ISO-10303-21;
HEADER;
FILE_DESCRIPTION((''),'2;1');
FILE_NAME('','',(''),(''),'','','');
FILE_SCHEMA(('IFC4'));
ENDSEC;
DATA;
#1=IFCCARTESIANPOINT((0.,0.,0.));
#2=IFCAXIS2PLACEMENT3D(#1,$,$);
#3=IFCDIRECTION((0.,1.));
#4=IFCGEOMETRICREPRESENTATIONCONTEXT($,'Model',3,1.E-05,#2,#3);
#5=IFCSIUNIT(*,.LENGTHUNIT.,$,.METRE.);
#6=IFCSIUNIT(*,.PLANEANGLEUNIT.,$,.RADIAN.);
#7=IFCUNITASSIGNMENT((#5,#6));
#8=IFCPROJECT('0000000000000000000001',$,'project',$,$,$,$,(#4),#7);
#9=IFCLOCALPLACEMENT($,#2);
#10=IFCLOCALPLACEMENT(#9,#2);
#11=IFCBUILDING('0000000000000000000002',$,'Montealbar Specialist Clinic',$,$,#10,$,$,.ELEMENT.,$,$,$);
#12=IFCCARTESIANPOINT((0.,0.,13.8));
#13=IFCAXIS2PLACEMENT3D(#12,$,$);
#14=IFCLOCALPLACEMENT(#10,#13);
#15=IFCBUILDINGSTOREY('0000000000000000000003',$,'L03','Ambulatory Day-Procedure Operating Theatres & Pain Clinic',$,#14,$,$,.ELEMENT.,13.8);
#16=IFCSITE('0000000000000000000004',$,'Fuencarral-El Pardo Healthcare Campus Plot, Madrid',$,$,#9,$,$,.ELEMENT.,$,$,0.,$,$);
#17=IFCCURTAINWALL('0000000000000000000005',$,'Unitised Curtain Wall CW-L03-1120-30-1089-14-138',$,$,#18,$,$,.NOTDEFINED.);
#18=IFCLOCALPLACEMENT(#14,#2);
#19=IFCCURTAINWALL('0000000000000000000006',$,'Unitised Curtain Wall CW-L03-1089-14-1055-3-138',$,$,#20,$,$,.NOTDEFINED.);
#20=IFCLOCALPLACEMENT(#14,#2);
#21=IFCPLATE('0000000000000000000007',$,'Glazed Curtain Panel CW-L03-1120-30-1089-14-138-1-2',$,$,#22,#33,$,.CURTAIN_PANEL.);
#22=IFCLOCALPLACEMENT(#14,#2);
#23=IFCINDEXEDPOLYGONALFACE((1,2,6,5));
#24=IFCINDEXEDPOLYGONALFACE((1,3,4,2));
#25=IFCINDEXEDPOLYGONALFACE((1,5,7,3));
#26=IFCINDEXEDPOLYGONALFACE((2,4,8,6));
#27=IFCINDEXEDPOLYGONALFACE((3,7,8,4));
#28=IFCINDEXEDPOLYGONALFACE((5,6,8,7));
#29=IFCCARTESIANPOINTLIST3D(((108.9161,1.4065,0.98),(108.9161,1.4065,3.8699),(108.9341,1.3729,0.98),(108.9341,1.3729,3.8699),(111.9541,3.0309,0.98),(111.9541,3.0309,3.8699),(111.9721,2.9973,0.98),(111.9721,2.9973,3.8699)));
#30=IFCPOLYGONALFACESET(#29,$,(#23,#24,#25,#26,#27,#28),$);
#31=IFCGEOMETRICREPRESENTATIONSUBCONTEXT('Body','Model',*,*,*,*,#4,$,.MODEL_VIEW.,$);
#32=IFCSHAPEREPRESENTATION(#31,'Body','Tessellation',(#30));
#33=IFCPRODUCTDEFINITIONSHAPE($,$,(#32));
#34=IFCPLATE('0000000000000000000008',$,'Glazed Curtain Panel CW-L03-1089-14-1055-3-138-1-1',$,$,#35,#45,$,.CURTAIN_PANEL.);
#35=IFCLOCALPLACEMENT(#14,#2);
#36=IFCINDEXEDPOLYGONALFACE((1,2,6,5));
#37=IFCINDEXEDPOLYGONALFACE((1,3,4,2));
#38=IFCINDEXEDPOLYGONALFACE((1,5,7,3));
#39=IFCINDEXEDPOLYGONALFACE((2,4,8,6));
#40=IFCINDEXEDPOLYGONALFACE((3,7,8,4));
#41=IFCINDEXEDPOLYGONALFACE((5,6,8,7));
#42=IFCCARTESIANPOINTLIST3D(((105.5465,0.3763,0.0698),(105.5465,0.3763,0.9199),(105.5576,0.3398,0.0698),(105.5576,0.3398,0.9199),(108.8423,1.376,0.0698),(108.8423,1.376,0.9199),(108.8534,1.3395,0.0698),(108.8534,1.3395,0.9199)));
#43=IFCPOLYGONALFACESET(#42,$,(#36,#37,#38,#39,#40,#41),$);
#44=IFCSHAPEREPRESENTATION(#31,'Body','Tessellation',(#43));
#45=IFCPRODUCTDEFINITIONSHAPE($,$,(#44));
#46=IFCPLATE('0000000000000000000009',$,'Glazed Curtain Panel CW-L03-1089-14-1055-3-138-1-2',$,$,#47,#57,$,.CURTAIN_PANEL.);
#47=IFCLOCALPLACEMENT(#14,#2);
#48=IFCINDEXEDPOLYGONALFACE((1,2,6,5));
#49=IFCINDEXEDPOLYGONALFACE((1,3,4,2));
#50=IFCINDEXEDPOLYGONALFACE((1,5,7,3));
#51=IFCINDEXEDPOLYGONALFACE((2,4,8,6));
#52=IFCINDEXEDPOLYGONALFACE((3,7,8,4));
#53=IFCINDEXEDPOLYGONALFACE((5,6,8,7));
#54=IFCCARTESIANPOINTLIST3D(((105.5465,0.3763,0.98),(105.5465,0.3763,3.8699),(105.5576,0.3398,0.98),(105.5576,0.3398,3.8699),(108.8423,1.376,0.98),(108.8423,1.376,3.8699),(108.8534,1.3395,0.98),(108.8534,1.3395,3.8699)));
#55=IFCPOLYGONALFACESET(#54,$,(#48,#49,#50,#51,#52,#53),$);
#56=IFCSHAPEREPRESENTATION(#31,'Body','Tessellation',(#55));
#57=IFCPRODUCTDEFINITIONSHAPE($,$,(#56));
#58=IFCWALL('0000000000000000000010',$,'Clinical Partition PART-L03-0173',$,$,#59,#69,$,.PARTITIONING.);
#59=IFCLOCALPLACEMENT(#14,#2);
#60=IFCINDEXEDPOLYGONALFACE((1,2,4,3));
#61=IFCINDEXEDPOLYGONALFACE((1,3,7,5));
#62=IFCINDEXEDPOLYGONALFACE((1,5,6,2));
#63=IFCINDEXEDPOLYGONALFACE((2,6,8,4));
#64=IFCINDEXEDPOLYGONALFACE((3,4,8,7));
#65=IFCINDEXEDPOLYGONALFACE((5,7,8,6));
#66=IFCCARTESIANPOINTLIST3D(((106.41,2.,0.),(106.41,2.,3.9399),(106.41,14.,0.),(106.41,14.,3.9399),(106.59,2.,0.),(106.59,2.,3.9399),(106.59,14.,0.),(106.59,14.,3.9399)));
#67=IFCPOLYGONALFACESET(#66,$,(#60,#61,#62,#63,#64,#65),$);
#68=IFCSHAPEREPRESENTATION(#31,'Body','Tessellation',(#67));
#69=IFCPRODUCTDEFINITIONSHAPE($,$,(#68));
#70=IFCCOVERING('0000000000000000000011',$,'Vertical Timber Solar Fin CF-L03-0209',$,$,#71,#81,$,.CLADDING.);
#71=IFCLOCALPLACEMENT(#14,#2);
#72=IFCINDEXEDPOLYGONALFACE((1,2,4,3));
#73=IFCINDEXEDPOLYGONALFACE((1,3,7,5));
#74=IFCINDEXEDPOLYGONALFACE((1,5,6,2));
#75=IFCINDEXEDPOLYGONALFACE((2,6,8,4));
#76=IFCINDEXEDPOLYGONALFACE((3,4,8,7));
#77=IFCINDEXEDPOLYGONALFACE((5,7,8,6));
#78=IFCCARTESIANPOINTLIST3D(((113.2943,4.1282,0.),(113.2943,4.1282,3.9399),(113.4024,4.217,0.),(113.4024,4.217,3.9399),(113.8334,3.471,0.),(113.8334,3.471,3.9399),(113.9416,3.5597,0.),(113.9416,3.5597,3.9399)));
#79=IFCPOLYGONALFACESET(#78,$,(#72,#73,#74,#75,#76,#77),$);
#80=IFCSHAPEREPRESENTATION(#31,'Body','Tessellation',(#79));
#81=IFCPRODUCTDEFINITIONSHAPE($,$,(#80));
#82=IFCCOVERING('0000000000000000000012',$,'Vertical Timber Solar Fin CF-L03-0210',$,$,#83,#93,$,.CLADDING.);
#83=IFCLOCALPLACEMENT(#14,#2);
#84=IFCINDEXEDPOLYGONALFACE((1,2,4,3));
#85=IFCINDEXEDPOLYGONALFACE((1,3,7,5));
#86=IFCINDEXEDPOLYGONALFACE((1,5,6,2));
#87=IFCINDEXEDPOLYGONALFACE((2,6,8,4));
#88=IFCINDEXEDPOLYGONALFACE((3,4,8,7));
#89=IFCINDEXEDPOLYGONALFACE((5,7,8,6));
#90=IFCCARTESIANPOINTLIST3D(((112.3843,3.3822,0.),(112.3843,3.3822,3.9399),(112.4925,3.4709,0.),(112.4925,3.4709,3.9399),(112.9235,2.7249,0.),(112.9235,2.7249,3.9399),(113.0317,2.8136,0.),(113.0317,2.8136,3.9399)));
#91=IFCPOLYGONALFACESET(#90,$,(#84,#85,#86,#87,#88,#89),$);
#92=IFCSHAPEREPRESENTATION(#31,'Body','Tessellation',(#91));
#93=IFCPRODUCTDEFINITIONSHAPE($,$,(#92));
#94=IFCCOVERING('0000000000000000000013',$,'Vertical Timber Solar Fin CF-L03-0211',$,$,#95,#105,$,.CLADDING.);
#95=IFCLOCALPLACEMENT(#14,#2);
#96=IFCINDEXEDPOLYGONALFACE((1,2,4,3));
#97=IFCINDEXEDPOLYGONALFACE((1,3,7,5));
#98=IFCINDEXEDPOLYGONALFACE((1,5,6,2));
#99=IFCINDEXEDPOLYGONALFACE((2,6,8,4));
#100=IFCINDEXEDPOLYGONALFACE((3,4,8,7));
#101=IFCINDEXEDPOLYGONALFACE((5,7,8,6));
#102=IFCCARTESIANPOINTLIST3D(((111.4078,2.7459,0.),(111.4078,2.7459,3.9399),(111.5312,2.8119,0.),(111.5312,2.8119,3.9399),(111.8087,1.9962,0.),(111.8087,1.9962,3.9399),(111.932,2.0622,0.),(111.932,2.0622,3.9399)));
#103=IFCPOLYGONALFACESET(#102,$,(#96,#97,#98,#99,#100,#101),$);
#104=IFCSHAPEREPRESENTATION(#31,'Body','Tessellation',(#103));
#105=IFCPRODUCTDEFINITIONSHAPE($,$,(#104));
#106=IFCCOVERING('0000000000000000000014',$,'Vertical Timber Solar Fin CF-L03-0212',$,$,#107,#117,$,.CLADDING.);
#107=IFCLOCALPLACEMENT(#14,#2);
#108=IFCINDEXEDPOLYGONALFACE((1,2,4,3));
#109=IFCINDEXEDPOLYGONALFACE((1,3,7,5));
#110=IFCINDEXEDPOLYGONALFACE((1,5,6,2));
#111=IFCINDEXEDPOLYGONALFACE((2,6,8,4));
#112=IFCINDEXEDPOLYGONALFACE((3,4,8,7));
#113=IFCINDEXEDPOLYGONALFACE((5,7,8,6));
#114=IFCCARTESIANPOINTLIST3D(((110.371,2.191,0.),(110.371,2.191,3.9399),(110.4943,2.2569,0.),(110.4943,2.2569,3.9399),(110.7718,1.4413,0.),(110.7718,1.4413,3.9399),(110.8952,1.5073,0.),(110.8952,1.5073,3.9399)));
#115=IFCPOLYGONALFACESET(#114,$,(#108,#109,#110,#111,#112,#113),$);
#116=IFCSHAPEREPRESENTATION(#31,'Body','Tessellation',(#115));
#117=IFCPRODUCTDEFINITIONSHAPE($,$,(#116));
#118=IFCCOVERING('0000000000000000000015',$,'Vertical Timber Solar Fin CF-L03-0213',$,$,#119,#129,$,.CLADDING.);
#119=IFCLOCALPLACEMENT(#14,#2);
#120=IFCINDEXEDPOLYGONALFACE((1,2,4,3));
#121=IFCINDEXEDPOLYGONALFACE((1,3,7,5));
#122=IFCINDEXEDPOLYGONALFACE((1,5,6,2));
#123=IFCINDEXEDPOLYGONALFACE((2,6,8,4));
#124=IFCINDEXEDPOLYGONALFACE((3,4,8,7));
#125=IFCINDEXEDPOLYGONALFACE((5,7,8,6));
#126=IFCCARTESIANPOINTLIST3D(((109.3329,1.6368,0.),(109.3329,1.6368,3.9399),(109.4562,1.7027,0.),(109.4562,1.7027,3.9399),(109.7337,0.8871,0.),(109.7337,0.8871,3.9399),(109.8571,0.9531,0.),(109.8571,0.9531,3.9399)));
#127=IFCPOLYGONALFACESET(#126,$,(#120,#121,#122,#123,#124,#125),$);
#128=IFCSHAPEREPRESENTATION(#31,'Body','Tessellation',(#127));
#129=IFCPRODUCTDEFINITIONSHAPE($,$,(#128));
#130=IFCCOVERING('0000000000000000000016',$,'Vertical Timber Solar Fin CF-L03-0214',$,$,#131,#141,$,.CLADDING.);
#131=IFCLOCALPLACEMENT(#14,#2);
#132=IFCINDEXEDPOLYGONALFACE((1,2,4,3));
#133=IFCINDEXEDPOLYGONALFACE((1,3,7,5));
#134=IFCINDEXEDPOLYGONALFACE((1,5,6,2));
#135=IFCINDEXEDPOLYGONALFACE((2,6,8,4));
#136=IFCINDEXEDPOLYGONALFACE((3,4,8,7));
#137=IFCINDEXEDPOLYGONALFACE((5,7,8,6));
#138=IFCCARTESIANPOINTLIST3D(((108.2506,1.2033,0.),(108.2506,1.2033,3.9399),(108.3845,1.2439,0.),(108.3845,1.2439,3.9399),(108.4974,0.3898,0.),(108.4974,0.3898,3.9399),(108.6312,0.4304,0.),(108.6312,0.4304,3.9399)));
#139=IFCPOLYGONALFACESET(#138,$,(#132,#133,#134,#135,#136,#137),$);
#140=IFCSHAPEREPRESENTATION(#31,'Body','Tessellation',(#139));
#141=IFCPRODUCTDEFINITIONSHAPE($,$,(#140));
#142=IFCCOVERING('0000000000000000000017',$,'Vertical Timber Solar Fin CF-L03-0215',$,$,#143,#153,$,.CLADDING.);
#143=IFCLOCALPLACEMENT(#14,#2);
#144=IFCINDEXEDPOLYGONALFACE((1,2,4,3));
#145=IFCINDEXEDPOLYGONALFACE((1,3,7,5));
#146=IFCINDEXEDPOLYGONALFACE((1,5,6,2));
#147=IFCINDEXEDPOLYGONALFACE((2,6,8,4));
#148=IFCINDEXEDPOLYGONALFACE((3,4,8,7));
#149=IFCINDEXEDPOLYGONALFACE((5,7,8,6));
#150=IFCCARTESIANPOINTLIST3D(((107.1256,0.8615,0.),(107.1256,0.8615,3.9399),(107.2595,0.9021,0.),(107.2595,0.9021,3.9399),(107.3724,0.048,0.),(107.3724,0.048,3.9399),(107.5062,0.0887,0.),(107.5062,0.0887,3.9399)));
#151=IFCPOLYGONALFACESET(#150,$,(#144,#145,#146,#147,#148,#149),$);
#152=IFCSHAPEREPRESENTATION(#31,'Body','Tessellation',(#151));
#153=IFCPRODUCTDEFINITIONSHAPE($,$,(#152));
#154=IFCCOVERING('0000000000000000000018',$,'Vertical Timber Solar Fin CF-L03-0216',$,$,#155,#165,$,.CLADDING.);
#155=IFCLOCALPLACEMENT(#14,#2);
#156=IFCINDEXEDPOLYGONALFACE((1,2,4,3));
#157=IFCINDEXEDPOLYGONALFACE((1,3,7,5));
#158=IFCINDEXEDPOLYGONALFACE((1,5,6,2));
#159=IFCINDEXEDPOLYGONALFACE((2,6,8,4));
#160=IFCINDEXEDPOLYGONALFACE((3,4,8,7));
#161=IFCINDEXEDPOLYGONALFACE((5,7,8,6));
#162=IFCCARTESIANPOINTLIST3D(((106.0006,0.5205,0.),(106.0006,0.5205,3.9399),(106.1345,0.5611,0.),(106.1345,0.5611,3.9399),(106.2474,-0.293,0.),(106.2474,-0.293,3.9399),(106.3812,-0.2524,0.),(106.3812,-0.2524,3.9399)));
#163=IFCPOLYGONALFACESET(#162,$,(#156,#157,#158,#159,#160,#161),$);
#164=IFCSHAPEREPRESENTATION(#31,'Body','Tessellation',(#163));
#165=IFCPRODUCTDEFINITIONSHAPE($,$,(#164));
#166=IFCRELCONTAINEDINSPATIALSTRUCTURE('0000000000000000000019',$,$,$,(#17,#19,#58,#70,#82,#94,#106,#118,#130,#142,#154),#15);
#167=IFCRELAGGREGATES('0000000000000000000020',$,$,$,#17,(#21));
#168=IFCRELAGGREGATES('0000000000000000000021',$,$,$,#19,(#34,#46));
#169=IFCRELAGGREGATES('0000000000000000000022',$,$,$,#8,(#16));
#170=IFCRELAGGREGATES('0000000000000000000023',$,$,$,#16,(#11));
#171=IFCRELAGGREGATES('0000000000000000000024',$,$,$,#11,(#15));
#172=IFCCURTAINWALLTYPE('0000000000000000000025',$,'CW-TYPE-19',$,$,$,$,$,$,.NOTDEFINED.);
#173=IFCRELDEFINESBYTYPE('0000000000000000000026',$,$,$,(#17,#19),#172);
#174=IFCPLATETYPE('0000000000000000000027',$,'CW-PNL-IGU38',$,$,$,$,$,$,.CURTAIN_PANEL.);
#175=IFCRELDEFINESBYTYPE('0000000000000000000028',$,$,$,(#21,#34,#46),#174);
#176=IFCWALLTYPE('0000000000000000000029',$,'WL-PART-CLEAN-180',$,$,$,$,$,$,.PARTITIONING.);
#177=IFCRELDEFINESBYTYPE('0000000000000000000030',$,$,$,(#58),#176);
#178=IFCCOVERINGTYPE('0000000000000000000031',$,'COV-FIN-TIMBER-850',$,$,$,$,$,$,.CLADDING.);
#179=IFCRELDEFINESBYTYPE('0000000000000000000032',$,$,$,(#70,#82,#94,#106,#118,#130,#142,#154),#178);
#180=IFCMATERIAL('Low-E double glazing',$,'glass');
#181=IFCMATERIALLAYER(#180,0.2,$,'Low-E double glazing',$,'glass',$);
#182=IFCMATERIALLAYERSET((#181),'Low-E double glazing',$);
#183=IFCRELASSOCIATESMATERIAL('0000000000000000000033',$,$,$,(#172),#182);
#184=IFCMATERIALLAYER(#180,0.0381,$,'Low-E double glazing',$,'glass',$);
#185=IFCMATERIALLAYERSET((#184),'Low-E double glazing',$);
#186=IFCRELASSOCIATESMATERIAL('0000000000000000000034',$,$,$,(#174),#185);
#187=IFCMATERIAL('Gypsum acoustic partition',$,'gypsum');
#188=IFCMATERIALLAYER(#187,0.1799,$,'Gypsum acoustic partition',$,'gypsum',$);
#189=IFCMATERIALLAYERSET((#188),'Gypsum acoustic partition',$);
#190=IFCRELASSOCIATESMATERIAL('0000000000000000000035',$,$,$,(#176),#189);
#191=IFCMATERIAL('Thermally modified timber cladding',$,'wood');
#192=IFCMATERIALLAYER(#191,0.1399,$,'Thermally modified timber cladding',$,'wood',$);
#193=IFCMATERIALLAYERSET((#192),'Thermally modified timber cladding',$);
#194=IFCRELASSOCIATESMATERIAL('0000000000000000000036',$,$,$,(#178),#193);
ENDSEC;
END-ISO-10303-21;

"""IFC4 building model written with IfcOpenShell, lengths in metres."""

from ifc_helpers import new_model, si_unit, direction, frame, frame_2d, origin, origin_2d, place, context, subcontext, project, spatial, rectangle, extrude, material, layer, layer_set, type_object, element, aggregate, save


model = new_model("IFC4")

# Units and contexts
model_context = context("Model", 3, precision=1e-05, world=origin(), true_north=direction((0.0, 1.0)))
body_context = subcontext(model_context, "Body", "Model", "MODEL_VIEW")
ifc_project = project(units=[si_unit("LENGTHUNIT", "METRE"), si_unit("PLANEANGLEUNIT", "RADIAN")], contexts=[model_context])

# Site, building, storey
site_placement = place(None, origin())
site = spatial("IfcSite", under=ifc_project, at=site_placement, Name="Fuencarral-El Pardo Healthcare Campus Plot, Madrid", CompositionType="ELEMENT", RefElevation=0.0)
building_placement = place(site_placement, origin())
building = spatial("IfcBuilding", under=site, at=building_placement, Name="Montealbar Specialist Clinic", CompositionType="ELEMENT")
storey_placement = place(building_placement, frame((0.0, 0.0, 13.8)))
storey = spatial("IfcBuildingStorey", under=building, at=storey_placement, Name="L03", Description="Ambulatory Day-Procedure Operating Theatres & Pain Clinic", CompositionType="ELEMENT", Elevation=13.8)

# Shared definitions
ifc_material_1 = material(Name="Low-E double glazing", Category="glass")
ifc_layer_1 = layer(ifc_material_1, 0.2, Name="Low-E double glazing", Category="glass")
ifc_layer_set_1 = layer_set([ifc_layer_1], Name="Low-E double glazing")
curtain_wall_type_1 = type_object("IfcCurtainWallType", Name="CW-TYPE-19", PredefinedType="NOTDEFINED", material=ifc_layer_set_1)

# Curtain walls
curtain_wall_1_placement = place(storey_placement, origin())
curtain_wall_1 = element("IfcCurtainWall", 1, at=curtain_wall_1_placement, inside=storey, type_object=curtain_wall_type_1, Name="Unitised Curtain Wall CW-L03-1120-30-1089-14-138", PredefinedType="NOTDEFINED")
curtain_wall_2_placement = place(storey_placement, origin())
curtain_wall_2 = element("IfcCurtainWall", 2, at=curtain_wall_2_placement, inside=storey, type_object=curtain_wall_type_1, Name="Unitised Curtain Wall CW-L03-1089-14-1055-3-138", PredefinedType="NOTDEFINED")

# Plates
ifc_layer_2 = layer(ifc_material_1, 0.0381, Name="Low-E double glazing", Category="glass")
ifc_layer_set_2 = layer_set([ifc_layer_2], Name="Low-E double glazing")
plate_type = type_object("IfcPlateType", Name="CW-PNL-IGU38", PredefinedType="CURTAIN_PANEL", material=ifc_layer_set_2)
plate_1_placement = place(storey_placement, frame((110.4441, 2.2019, 0.98), z_axis=(0.0, 0.0, 1.0), x_axis=(-0.88185, -0.471529, 0.0)))
plate_1 = element("IfcPlate", 3, at=plate_1_placement, type_object=plate_type, Name="Glazed Curtain Panel CW-L03-1120-30-1089-14-138-1-2", PredefinedType="CURTAIN_PANEL", context=body_context, shape_type="SweptSolid", body=[
    extrude(rectangle(XDim=3.4451, YDim=0.0381, at=origin_2d()), origin(), (0.0, 0.0, 1.0), 2.8899),
])
aggregate(curtain_wall_1, [plate_1])
plate_2_placement = place(storey_placement, frame((107.2, 0.8579, 0.0698), z_axis=(0.0, 0.0, 1.0), x_axis=(-0.956948, -0.290259, 0.0)))
plate_2 = element("IfcPlate", 4, at=plate_2_placement, type_object=plate_type, Name="Glazed Curtain Panel CW-L03-1089-14-1055-3-138-1-1", PredefinedType="CURTAIN_PANEL", context=body_context, shape_type="SweptSolid", body=[
    extrude(rectangle(XDim=3.4441, YDim=0.0381, at=origin_2d()), origin(), (0.0, 0.0, 1.0), 0.8501),
])
plate_3_placement = place(storey_placement, frame((107.2, 0.8579, 0.98), z_axis=(0.0, 0.0, 1.0), x_axis=(-0.956948, -0.290259, 0.0)))
plate_3 = element("IfcPlate", 5, at=plate_3_placement, type_object=plate_type, Name="Glazed Curtain Panel CW-L03-1089-14-1055-3-138-1-2", PredefinedType="CURTAIN_PANEL", context=body_context, shape_type="SweptSolid", body=[
    extrude(rectangle(XDim=3.4441, YDim=0.0381, at=origin_2d()), origin(), (0.0, 0.0, 1.0), 2.8899),
])
aggregate(curtain_wall_2, [plate_2, plate_3])

# Wall
ifc_material_2 = material(Name="Gypsum acoustic partition", Category="gypsum")
ifc_layer_3 = layer(ifc_material_2, 0.1799, Name="Gypsum acoustic partition", Category="gypsum")
ifc_layer_set_3 = layer_set([ifc_layer_3], Name="Gypsum acoustic partition")
wall_type = type_object("IfcWallType", Name="WL-PART-CLEAN-180", PredefinedType="PARTITIONING", material=ifc_layer_set_3)
wall_placement = place(storey_placement, frame((106.5, 2.0, 0.0), z_axis=(0.0, 0.0, 1.0), x_axis=(0.0, 1.0, 0.0)))
element("IfcWall", 6, at=wall_placement, inside=storey, type_object=wall_type, Name="Clinical Partition PART-L03-0173", PredefinedType="PARTITIONING", context=body_context, shape_type="SweptSolid", body=[
    extrude(rectangle(XDim=12.0, YDim=0.1799, at=frame_2d((6.0, 0.0))), origin(), (0.0, 0.0, 1.0), 3.9399),
])

# Coverings
ifc_material_3 = material(Name="Thermally modified timber cladding", Category="wood")
ifc_layer_4 = layer(ifc_material_3, 0.1399, Name="Thermally modified timber cladding", Category="wood")
ifc_layer_set_4 = layer_set([ifc_layer_4], Name="Thermally modified timber cladding")
covering_type = type_object("IfcCoveringType", Name="COV-FIN-TIMBER-850", PredefinedType="CLADDING", material=ifc_layer_set_4)
for number, where, z_axis, x_axis, name in (
    (7, (113.6179, 3.844, 0.0), (0.0, 0.0, 1.0), (0.634256, -0.773123, 0.0), "Vertical Timber Solar Fin CF-L03-0209"),
    (8, (112.708, 3.0979, 0.0), (0.0, 0.0, 1.0), (0.634256, -0.773123, 0.0), "Vertical Timber Solar Fin CF-L03-0210"),
    (9, (111.6699, 2.4041, 0.0), (0.0, 0.0, 1.0), (0.471529, -0.88185, 0.0), "Vertical Timber Solar Fin CF-L03-0211"),
    (10, (110.6331, 1.8491, 0.0), (0.0, 0.0, 1.0), (0.471529, -0.88185, 0.0), "Vertical Timber Solar Fin CF-L03-0212"),
    (11, (109.595, 1.2949, 0.0), (0.0, 0.0, 1.0), (0.471529, -0.88185, 0.0), "Vertical Timber Solar Fin CF-L03-0213"),
    (12, (108.4409, 0.8169, 0.0), (0.0, 0.0, 1.0), (0.290259, -0.956948, 0.0), "Vertical Timber Solar Fin CF-L03-0214"),
    (13, (107.3159, 0.4751, 0.0), (0.0, 0.0, 1.0), (0.290259, -0.956948, 0.0), "Vertical Timber Solar Fin CF-L03-0215"),
    (14, (106.1909, 0.134, 0.0), (0.0, 0.0, 1.0), (0.290259, -0.956948, 0.0), "Vertical Timber Solar Fin CF-L03-0216"),
):
    element("IfcCovering", number, at=place(storey_placement, frame(where, z_axis=z_axis, x_axis=x_axis)), inside=storey, type_object=covering_type, Name=name, PredefinedType="CLADDING", context=body_context, shape_type="SweptSolid", body=[
        extrude(rectangle(XDim=0.8501, YDim=0.1399, at=origin_2d()), origin(), (0.0, 0.0, 1.0), 3.9399),
    ])

save(model, "model.ifc")
